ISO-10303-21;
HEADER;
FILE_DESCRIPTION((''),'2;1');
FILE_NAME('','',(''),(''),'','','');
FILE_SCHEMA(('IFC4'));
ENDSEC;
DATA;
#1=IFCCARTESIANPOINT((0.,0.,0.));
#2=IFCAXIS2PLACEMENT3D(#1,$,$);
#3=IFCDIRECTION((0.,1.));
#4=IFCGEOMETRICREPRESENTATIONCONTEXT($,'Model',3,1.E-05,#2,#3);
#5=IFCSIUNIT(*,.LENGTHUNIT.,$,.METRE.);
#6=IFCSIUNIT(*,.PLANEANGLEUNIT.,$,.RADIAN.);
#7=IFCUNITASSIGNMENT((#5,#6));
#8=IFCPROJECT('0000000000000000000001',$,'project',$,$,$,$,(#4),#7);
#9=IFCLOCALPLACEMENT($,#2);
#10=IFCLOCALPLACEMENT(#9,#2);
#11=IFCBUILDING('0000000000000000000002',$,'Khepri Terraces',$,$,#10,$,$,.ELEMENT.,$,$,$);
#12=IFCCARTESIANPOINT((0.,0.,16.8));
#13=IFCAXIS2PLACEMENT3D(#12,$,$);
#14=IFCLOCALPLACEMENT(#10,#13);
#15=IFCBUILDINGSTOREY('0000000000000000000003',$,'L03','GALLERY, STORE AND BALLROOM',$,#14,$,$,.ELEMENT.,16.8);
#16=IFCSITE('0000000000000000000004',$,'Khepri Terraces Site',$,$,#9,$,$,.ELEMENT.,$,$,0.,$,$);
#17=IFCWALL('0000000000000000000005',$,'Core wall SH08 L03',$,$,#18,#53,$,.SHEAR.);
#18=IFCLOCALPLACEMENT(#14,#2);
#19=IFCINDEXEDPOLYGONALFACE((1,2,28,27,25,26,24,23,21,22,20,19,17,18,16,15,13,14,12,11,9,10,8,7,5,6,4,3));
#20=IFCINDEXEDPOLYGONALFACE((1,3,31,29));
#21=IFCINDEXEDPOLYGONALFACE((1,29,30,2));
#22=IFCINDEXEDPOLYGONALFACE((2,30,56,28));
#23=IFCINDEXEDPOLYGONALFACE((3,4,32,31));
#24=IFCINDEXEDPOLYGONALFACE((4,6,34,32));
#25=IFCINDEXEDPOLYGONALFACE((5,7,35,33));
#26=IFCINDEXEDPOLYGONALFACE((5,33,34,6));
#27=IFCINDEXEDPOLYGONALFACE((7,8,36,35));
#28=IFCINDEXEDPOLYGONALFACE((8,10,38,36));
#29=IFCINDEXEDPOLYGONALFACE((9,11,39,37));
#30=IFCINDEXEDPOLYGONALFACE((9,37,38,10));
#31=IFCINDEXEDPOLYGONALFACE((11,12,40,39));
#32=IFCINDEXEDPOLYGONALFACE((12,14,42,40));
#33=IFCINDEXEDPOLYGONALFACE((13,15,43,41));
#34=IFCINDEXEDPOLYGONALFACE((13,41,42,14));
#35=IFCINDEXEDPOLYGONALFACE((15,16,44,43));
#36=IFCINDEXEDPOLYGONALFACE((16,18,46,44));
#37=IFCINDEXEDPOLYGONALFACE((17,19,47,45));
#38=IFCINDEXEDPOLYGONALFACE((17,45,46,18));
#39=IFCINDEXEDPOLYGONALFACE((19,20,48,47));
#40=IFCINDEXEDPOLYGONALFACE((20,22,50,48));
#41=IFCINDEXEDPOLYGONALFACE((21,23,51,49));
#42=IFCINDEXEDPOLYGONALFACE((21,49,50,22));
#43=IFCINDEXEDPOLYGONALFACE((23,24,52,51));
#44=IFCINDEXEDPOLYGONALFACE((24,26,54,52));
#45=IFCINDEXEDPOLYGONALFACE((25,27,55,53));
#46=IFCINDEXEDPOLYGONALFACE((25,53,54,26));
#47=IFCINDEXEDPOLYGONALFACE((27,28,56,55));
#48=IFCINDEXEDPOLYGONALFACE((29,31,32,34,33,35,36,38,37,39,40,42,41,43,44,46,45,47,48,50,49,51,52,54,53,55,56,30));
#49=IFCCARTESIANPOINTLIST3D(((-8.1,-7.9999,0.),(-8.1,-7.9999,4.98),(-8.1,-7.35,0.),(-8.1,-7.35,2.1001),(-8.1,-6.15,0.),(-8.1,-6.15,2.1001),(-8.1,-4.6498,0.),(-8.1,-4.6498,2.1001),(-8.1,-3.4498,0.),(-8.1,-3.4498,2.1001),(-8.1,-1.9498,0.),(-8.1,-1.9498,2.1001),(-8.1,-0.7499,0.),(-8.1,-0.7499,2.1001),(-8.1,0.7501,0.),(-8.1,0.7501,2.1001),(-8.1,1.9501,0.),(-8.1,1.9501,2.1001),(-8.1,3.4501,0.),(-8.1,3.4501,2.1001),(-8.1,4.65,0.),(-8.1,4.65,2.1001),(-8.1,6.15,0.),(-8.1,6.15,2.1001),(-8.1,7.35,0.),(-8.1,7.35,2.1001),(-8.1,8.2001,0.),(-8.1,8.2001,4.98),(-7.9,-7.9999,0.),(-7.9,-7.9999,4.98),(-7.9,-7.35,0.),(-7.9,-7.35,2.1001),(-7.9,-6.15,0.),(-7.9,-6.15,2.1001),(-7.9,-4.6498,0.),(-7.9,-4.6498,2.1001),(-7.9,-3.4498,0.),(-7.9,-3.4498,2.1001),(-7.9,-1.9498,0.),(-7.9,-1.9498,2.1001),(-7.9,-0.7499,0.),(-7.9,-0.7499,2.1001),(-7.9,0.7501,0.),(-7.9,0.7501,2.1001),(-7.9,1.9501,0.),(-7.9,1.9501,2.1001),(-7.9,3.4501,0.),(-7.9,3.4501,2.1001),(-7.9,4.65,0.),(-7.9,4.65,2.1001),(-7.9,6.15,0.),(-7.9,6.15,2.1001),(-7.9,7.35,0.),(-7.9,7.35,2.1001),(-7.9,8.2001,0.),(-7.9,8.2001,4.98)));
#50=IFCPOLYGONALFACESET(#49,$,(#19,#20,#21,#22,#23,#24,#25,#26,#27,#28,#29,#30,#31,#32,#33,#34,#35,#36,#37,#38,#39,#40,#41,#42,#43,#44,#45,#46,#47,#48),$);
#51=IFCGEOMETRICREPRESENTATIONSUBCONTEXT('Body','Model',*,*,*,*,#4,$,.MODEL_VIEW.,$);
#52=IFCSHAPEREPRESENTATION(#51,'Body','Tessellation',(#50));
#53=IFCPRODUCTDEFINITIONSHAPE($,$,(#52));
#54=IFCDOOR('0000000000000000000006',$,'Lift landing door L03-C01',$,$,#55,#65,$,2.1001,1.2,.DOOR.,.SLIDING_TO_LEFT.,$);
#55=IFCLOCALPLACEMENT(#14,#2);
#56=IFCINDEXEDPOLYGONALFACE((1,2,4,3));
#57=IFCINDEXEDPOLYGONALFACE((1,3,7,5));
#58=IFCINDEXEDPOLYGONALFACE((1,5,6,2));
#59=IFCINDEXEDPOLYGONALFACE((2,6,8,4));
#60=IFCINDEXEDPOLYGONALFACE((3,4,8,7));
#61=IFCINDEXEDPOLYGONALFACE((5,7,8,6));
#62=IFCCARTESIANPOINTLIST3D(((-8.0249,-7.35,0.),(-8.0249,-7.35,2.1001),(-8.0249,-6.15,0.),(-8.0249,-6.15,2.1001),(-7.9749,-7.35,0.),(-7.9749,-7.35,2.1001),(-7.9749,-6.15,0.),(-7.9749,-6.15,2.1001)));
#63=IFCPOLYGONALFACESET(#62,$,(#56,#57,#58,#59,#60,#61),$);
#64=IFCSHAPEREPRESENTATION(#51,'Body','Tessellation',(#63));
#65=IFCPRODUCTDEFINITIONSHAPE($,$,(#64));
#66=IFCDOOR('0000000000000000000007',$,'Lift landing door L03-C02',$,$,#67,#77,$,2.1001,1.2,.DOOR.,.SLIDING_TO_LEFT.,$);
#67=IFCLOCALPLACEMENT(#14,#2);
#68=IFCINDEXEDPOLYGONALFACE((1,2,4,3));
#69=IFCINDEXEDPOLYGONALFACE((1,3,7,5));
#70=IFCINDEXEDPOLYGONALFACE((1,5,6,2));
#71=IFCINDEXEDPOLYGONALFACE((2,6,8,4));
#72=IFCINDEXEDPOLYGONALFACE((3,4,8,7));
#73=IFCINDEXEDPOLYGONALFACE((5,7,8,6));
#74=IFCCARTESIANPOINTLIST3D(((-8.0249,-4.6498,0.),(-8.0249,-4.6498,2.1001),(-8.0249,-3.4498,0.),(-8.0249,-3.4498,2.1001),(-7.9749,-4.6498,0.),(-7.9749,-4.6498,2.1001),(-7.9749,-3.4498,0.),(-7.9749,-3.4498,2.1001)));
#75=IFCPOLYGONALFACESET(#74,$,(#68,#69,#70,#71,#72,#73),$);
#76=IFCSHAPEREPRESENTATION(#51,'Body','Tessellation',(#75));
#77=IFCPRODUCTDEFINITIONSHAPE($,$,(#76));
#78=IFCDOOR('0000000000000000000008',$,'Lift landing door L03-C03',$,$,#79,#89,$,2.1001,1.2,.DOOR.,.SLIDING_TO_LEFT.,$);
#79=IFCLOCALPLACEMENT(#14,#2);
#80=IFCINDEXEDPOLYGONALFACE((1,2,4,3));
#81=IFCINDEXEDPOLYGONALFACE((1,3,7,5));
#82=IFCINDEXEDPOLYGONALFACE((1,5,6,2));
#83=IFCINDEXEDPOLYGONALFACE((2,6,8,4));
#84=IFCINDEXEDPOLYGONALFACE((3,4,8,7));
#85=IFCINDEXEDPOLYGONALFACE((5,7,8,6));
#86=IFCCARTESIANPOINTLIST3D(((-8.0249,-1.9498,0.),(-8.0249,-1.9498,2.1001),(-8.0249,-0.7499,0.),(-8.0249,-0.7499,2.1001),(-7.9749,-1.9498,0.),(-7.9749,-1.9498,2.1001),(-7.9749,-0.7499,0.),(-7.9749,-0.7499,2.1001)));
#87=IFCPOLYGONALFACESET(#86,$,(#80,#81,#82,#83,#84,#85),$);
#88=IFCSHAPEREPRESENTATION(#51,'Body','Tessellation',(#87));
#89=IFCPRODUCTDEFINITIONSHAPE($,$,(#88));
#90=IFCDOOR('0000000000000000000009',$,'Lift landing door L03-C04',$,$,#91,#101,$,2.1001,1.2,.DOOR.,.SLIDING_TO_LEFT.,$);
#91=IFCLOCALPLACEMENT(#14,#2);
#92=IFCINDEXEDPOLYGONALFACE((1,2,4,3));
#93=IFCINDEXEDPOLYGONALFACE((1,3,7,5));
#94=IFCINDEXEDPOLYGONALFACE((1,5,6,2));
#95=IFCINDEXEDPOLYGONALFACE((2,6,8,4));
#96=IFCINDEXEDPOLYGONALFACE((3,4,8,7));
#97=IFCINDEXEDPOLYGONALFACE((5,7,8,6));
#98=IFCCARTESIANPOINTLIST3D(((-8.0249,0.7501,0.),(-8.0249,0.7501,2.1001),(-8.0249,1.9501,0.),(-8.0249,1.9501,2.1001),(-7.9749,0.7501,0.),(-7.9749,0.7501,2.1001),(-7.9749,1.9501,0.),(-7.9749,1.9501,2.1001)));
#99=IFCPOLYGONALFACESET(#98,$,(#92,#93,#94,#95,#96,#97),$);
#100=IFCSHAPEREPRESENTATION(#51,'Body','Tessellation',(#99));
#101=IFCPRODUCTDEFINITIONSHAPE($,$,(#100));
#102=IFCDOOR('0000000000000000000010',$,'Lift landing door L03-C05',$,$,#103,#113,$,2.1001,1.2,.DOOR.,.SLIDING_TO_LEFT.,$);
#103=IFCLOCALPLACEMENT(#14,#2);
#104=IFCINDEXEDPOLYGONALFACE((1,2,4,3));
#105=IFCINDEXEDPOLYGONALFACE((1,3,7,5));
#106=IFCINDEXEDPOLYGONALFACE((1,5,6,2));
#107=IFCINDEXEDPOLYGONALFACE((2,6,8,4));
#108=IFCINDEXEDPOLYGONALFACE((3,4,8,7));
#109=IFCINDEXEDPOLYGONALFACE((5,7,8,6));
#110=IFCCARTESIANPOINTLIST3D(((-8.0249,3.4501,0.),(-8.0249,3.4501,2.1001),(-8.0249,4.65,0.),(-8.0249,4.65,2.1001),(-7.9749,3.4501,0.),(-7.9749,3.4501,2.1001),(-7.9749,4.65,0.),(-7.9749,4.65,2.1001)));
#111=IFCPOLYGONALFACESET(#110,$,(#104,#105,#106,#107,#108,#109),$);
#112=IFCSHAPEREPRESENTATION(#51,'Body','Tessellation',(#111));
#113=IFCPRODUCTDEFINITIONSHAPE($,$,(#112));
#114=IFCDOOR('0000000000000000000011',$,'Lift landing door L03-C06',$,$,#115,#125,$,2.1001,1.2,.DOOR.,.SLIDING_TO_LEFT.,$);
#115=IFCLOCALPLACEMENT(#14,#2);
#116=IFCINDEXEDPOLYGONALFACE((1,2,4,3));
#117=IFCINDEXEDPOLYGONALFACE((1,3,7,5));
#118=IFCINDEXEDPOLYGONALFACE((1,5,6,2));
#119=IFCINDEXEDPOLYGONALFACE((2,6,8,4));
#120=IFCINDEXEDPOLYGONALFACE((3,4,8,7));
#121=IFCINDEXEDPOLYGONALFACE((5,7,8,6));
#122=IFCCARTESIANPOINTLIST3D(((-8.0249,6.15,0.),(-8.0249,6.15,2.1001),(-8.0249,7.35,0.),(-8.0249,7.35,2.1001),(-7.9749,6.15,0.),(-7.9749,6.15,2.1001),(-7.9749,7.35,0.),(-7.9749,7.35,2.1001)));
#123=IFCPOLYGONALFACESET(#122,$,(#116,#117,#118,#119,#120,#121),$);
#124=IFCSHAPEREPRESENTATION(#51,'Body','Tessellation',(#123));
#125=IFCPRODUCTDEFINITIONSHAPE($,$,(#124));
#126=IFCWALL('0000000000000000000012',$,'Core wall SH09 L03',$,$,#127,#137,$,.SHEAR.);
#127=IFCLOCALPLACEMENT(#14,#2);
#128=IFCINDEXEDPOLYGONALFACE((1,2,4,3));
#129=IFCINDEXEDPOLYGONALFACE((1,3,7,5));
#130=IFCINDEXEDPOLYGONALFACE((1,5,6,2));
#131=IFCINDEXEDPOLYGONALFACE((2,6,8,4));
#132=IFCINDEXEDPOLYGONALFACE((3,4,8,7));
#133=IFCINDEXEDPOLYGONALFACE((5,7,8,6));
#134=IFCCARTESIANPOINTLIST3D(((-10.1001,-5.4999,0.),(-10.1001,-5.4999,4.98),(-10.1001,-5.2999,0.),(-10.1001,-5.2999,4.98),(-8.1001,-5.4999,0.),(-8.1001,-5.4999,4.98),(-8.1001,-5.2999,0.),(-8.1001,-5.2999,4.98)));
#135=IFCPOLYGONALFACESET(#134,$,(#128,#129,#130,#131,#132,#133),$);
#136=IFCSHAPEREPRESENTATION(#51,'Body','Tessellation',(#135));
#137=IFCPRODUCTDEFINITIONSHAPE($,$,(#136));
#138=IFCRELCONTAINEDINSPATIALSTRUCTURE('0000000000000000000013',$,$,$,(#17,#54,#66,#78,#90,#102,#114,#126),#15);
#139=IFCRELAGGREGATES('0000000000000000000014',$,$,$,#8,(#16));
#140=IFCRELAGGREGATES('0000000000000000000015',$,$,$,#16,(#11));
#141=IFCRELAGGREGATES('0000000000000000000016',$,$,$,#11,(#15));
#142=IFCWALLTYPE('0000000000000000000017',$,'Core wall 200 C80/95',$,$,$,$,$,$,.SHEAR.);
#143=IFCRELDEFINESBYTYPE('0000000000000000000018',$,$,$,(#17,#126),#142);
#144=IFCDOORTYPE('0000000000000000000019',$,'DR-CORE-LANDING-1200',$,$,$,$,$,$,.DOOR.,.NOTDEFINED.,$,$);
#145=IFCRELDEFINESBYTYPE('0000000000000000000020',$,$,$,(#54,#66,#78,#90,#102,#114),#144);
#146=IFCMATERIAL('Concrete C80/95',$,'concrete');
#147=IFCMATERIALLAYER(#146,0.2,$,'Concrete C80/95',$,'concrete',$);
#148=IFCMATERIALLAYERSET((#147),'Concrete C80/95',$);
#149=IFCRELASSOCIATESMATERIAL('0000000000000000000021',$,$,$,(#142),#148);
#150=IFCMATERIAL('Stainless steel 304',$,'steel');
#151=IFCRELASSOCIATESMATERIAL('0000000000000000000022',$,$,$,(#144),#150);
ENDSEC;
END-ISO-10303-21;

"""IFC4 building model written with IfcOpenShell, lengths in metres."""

from ifc_helpers import new_model, si_unit, direction, frame, frame_2d, origin, place, context, subcontext, project, spatial, rectangle, extrude, material, layer, layer_set, type_object, element, fill, save


model = new_model("IFC4")

# Units and contexts
model_context = context("Model", 3, precision=1e-05, world=origin(), true_north=direction((0.0, 1.0)))
body_context = subcontext(model_context, "Body", "Model", "MODEL_VIEW")
ifc_project = project(units=[si_unit("LENGTHUNIT", "METRE"), si_unit("PLANEANGLEUNIT", "RADIAN")], contexts=[model_context])

# Site, building, storey
site_placement = place(None, origin())
site = spatial("IfcSite", under=ifc_project, at=site_placement, Name="Khepri Terraces Site", CompositionType="ELEMENT", RefElevation=0.0)
building_placement = place(site_placement, origin())
building = spatial("IfcBuilding", under=site, at=building_placement, Name="Khepri Terraces", CompositionType="ELEMENT")
storey_placement = place(building_placement, frame((0.0, 0.0, 16.8)))
storey = spatial("IfcBuildingStorey", under=building, at=storey_placement, Name="L03", Description="GALLERY, STORE AND BALLROOM", CompositionType="ELEMENT", Elevation=16.8)

# Shared definitions
ifc_material_1 = material(Name="Concrete C80/95", Category="concrete")
ifc_layer_1 = layer(ifc_material_1, 0.2, Name="Concrete C80/95", Category="concrete")
ifc_layer_set_1 = layer_set([ifc_layer_1], Name="Concrete C80/95")
wall_type_1 = type_object("IfcWallType", Name="Core wall 200 C80/95", PredefinedType="SHEAR", material=ifc_layer_set_1)

# Wall, openings, doors
wall_1_placement = place(storey_placement, frame((-8.0, -8.0, 0.0), z_axis=(0.0, 0.0, 1.0), x_axis=(0.0, 1.0, 0.0)))
wall_1 = element("IfcWall", 1, at=wall_1_placement, inside=storey, type_object=wall_type_1, Name="Core wall SH08 L03", PredefinedType="SHEAR", context=body_context, shape_type="SweptSolid", body=[
    extrude(rectangle(XDim=16.2, YDim=0.2, at=frame_2d((8.1001, 0.0))), origin(), (0.0, 0.0, 1.0), 4.98),
])
opening_1_placement = place(wall_1_placement, frame((0.6499, 0.0, 0.0)))
opening_1 = element("IfcOpeningElement", 2, at=opening_1_placement, cuts=wall_1, PredefinedType="OPENING", context=body_context, shape_type="SweptSolid", body=[
    extrude(rectangle(XDim=1.2, YDim=2.1001, at=frame_2d((0.6001, 1.05))), frame((0.0, 0.1099, 0.0), z_axis=(0.0, -1.0, 0.0), x_axis=(1.0, 0.0, 0.0)), (0.0, 0.0, 1.0), 0.22),
])
opening_2_placement = place(wall_1_placement, frame((3.3501, 0.0, 0.0)))
opening_2 = element("IfcOpeningElement", 3, at=opening_2_placement, cuts=wall_1, PredefinedType="OPENING", context=body_context, shape_type="SweptSolid", body=[
    extrude(rectangle(XDim=1.2, YDim=2.1001, at=frame_2d((0.6001, 1.05))), frame((0.0, 0.1099, 0.0), z_axis=(0.0, -1.0, 0.0), x_axis=(1.0, 0.0, 0.0)), (0.0, 0.0, 1.0), 0.22),
])
opening_3_placement = place(wall_1_placement, frame((6.05, 0.0, 0.0)))
opening_3 = element("IfcOpeningElement", 4, at=opening_3_placement, cuts=wall_1, PredefinedType="OPENING", context=body_context, shape_type="SweptSolid", body=[
    extrude(rectangle(XDim=1.2, YDim=2.1001, at=frame_2d((0.6001, 1.05))), frame((0.0, 0.1099, 0.0), z_axis=(0.0, -1.0, 0.0), x_axis=(1.0, 0.0, 0.0)), (0.0, 0.0, 1.0), 0.22),
])
opening_4_placement = place(wall_1_placement, frame((8.75, 0.0, 0.0)))
opening_4 = element("IfcOpeningElement", 5, at=opening_4_placement, cuts=wall_1, PredefinedType="OPENING", context=body_context, shape_type="SweptSolid", body=[
    extrude(rectangle(XDim=1.2, YDim=2.1001, at=frame_2d((0.6001, 1.05))), frame((0.0, 0.1099, 0.0), z_axis=(0.0, -1.0, 0.0), x_axis=(1.0, 0.0, 0.0)), (0.0, 0.0, 1.0), 0.22),
])
opening_5_placement = place(wall_1_placement, frame((11.45, 0.0, 0.0)))
opening_5 = element("IfcOpeningElement", 6, at=opening_5_placement, cuts=wall_1, PredefinedType="OPENING", context=body_context, shape_type="SweptSolid", body=[
    extrude(rectangle(XDim=1.2, YDim=2.1001, at=frame_2d((0.6001, 1.05))), frame((0.0, 0.1099, 0.0), z_axis=(0.0, -1.0, 0.0), x_axis=(1.0, 0.0, 0.0)), (0.0, 0.0, 1.0), 0.22),
])
opening_6_placement = place(wall_1_placement, frame((14.1499, 0.0, 0.0)))
opening_6 = element("IfcOpeningElement", 7, at=opening_6_placement, cuts=wall_1, PredefinedType="OPENING", context=body_context, shape_type="SweptSolid", body=[
    extrude(rectangle(XDim=1.2, YDim=2.1001, at=frame_2d((0.6001, 1.05))), frame((0.0, 0.1099, 0.0), z_axis=(0.0, -1.0, 0.0), x_axis=(1.0, 0.0, 0.0)), (0.0, 0.0, 1.0), 0.22),
])
ifc_material_2 = material(Name="Stainless steel 304", Category="steel")
door_type_1 = type_object("IfcDoorType", Name="DR-CORE-LANDING-1200", OperationType="NOTDEFINED", PredefinedType="DOOR", material=ifc_material_2)
door_1_placement = place(opening_1_placement, origin())
door_1 = element("IfcDoor", 8, at=door_1_placement, inside=storey, type_object=door_type_1, Name="Lift landing door L03-C01", OperationType="SLIDING_TO_LEFT", OverallHeight=2.1001, OverallWidth=1.2, PredefinedType="DOOR", context=body_context, shape_type="SweptSolid", body=[
    extrude(rectangle(XDim=1.2, YDim=2.1001, at=frame_2d((0.6001, 1.05))), frame((0.0, 0.0249, 0.0), z_axis=(0.0, -1.0, 0.0), x_axis=(1.0, 0.0, 0.0)), (0.0, 0.0, 1.0), 0.05),
])
fill(opening_1, door_1)
door_2_placement = place(opening_2_placement, origin())
door_2 = element("IfcDoor", 9, at=door_2_placement, inside=storey, type_object=door_type_1, Name="Lift landing door L03-C02", OperationType="SLIDING_TO_LEFT", OverallHeight=2.1001, OverallWidth=1.2, PredefinedType="DOOR", context=body_context, shape_type="SweptSolid", body=[
    extrude(rectangle(XDim=1.2, YDim=2.1001, at=frame_2d((0.6001, 1.05))), frame((0.0, 0.0249, 0.0), z_axis=(0.0, -1.0, 0.0), x_axis=(1.0, 0.0, 0.0)), (0.0, 0.0, 1.0), 0.05),
])
fill(opening_2, door_2)
door_3_placement = place(opening_3_placement, origin())
door_3 = element("IfcDoor", 10, at=door_3_placement, inside=storey, type_object=door_type_1, Name="Lift landing door L03-C03", OperationType="SLIDING_TO_LEFT", OverallHeight=2.1001, OverallWidth=1.2, PredefinedType="DOOR", context=body_context, shape_type="SweptSolid", body=[
    extrude(rectangle(XDim=1.2, YDim=2.1001, at=frame_2d((0.6001, 1.05))), frame((0.0, 0.0249, 0.0), z_axis=(0.0, -1.0, 0.0), x_axis=(1.0, 0.0, 0.0)), (0.0, 0.0, 1.0), 0.05),
])
fill(opening_3, door_3)
door_4_placement = place(opening_4_placement, origin())
door_4 = element("IfcDoor", 11, at=door_4_placement, inside=storey, type_object=door_type_1, Name="Lift landing door L03-C04", OperationType="SLIDING_TO_LEFT", OverallHeight=2.1001, OverallWidth=1.2, PredefinedType="DOOR", context=body_context, shape_type="SweptSolid", body=[
    extrude(rectangle(XDim=1.2, YDim=2.1001, at=frame_2d((0.6001, 1.05))), frame((0.0, 0.0249, 0.0), z_axis=(0.0, -1.0, 0.0), x_axis=(1.0, 0.0, 0.0)), (0.0, 0.0, 1.0), 0.05),
])
fill(opening_4, door_4)
door_5_placement = place(opening_5_placement, origin())
door_5 = element("IfcDoor", 12, at=door_5_placement, inside=storey, type_object=door_type_1, Name="Lift landing door L03-C05", OperationType="SLIDING_TO_LEFT", OverallHeight=2.1001, OverallWidth=1.2, PredefinedType="DOOR", context=body_context, shape_type="SweptSolid", body=[
    extrude(rectangle(XDim=1.2, YDim=2.1001, at=frame_2d((0.6001, 1.05))), frame((0.0, 0.0249, 0.0), z_axis=(0.0, -1.0, 0.0), x_axis=(1.0, 0.0, 0.0)), (0.0, 0.0, 1.0), 0.05),
])
fill(opening_5, door_5)
door_6_placement = place(opening_6_placement, origin())
door_6 = element("IfcDoor", 13, at=door_6_placement, inside=storey, type_object=door_type_1, Name="Lift landing door L03-C06", OperationType="SLIDING_TO_LEFT", OverallHeight=2.1001, OverallWidth=1.2, PredefinedType="DOOR", context=body_context, shape_type="SweptSolid", body=[
    extrude(rectangle(XDim=1.2, YDim=2.1001, at=frame_2d((0.6001, 1.05))), frame((0.0, 0.0249, 0.0), z_axis=(0.0, -1.0, 0.0), x_axis=(1.0, 0.0, 0.0)), (0.0, 0.0, 1.0), 0.05),
])
fill(opening_6, door_6)

# Wall
wall_2_placement = place(storey_placement, frame((-10.1001, -5.3999, 0.0), z_axis=(0.0, 0.0, 1.0), x_axis=(1.0, 0.0, 0.0)))
element("IfcWall", 14, at=wall_2_placement, inside=storey, type_object=wall_type_1, Name="Core wall SH09 L03", PredefinedType="SHEAR", context=body_context, shape_type="SweptSolid", body=[
    extrude(rectangle(XDim=2.0, YDim=0.2, at=frame_2d((1.0, 0.0))), origin(), (0.0, 0.0, 1.0), 4.98),
])

save(model, "model.ifc")
